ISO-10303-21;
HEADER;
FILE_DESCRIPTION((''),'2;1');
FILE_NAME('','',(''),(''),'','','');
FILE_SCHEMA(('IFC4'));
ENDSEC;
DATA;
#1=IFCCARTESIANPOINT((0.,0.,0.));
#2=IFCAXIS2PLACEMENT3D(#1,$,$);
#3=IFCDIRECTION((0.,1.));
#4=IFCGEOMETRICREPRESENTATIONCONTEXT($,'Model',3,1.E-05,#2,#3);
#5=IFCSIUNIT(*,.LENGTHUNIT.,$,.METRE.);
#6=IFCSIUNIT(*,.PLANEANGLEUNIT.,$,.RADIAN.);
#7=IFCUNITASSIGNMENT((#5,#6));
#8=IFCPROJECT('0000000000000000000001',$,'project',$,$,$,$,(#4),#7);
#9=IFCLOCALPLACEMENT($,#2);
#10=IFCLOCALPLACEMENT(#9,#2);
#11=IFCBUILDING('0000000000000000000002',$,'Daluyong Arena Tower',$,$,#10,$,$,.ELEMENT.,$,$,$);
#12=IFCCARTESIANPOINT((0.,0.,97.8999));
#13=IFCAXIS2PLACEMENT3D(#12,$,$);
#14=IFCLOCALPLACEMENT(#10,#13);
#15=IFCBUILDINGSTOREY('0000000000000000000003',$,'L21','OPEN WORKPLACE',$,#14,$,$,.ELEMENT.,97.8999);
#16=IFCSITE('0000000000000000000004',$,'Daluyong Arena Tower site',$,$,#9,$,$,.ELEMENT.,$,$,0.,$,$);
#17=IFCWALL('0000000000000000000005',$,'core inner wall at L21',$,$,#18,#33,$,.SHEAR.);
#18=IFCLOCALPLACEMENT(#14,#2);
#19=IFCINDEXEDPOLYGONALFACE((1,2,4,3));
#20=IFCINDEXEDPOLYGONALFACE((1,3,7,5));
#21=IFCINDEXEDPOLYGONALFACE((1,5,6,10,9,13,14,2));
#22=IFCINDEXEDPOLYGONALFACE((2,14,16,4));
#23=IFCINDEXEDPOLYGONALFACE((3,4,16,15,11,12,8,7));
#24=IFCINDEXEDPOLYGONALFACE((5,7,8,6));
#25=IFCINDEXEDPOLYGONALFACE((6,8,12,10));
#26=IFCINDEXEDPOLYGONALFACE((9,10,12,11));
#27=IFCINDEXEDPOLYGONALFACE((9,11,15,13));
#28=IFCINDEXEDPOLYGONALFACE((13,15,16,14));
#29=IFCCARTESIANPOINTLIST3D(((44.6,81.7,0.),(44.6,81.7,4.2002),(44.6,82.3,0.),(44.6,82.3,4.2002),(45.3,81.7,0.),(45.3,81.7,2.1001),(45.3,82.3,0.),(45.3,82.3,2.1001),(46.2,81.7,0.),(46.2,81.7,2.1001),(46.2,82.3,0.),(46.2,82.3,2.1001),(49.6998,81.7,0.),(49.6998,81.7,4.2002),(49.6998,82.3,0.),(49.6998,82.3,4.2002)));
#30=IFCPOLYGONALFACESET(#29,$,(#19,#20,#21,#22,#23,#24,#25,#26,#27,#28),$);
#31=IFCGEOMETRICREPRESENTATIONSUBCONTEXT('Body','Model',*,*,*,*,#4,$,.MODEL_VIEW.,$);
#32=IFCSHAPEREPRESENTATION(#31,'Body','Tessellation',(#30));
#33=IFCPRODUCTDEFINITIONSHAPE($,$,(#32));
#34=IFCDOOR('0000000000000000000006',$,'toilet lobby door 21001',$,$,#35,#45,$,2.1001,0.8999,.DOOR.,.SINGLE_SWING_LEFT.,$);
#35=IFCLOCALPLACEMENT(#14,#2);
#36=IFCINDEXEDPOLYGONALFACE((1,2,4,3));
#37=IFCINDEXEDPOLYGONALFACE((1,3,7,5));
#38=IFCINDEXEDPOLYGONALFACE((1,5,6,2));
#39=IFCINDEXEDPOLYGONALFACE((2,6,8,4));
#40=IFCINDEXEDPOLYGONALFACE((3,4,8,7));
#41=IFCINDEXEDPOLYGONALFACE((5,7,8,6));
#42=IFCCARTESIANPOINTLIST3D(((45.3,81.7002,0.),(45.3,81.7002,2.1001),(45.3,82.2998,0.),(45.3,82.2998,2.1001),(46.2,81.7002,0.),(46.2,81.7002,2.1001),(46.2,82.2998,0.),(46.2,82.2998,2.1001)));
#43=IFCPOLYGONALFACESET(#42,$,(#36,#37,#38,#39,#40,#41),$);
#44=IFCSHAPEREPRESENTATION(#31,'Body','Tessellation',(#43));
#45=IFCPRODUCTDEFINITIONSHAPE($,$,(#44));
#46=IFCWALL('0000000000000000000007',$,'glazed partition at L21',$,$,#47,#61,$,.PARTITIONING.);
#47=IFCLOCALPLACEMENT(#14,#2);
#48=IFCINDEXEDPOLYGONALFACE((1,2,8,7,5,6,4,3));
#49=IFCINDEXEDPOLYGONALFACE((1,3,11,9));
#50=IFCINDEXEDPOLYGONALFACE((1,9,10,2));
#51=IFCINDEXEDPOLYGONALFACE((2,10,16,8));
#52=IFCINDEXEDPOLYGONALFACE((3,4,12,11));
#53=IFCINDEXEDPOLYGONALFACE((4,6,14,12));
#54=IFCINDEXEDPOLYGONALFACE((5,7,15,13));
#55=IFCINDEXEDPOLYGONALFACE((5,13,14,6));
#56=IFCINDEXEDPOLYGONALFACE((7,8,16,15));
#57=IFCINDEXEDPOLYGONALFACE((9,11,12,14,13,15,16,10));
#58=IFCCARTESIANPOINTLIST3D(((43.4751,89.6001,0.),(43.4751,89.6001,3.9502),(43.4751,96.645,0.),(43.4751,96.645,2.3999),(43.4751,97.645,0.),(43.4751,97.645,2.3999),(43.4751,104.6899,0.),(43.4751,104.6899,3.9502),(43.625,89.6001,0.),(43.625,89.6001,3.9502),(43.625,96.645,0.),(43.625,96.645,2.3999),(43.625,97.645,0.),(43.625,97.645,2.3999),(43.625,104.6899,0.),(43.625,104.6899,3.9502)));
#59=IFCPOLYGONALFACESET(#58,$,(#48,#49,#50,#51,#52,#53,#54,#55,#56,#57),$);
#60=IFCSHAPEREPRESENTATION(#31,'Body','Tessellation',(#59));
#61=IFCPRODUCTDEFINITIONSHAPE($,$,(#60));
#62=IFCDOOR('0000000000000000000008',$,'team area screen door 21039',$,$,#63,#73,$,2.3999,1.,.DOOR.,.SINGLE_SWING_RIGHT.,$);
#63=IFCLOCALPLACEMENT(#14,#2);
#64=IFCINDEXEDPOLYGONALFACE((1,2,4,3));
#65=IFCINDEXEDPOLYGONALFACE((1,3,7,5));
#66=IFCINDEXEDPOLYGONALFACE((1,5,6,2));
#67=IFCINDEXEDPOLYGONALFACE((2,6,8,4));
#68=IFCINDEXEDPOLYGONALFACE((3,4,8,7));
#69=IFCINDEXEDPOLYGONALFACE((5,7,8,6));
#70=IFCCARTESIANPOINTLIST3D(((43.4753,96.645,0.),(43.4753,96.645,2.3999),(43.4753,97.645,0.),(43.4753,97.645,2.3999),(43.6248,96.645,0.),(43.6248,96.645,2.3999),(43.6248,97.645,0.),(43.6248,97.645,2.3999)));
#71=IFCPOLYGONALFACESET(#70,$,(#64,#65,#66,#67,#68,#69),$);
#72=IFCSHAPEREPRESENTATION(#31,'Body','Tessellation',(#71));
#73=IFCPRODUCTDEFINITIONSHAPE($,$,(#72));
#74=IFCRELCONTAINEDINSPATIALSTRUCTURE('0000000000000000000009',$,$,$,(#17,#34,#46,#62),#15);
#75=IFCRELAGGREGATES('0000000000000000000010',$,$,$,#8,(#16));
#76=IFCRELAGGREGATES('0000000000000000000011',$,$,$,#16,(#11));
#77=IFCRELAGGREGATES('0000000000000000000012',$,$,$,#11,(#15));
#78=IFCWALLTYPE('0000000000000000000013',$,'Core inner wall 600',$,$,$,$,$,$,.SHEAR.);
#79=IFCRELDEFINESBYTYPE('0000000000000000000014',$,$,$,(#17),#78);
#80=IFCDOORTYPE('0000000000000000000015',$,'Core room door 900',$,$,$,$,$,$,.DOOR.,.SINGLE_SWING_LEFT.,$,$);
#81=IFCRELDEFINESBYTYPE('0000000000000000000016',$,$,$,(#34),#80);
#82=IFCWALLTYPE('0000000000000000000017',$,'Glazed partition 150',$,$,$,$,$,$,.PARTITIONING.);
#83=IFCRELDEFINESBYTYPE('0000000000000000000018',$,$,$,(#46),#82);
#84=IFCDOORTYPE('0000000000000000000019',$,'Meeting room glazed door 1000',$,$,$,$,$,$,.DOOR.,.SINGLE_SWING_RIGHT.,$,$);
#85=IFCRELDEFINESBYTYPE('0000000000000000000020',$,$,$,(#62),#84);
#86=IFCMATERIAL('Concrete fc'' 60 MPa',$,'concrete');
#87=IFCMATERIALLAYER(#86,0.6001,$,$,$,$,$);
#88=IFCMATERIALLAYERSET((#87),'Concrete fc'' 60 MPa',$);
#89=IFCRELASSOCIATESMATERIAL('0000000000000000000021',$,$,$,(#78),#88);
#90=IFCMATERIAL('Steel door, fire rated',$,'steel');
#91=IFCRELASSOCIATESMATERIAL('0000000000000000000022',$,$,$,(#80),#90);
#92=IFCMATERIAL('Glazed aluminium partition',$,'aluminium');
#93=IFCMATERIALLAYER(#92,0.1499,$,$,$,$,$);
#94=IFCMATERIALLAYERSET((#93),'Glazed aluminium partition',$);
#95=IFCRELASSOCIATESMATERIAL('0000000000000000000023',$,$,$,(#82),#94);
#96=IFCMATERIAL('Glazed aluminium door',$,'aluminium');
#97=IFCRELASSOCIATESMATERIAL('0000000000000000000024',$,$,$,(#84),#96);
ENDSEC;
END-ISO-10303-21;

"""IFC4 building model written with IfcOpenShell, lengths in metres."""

from ifc_helpers import new_model, si_unit, direction, frame, frame_2d, origin, place, context, subcontext, project, spatial, rectangle, extrude, material, layer, layer_set, type_object, element, fill, save


model = new_model("IFC4")

# Units and contexts
model_context = context("Model", 3, precision=1e-05, world=origin(), true_north=direction((0.0, 1.0)))
body_context = subcontext(model_context, "Body", "Model", "MODEL_VIEW")
ifc_project = project(units=[si_unit("LENGTHUNIT", "METRE"), si_unit("PLANEANGLEUNIT", "RADIAN")], contexts=[model_context])

# Site, building, storey
site_placement = place(None, origin())
site = spatial("IfcSite", under=ifc_project, at=site_placement, Name="Daluyong Arena Tower site", CompositionType="ELEMENT", RefElevation=0.0)
building_placement = place(site_placement, origin())
building = spatial("IfcBuilding", under=site, at=building_placement, Name="Daluyong Arena Tower", CompositionType="ELEMENT")
storey_placement = place(building_placement, frame((0.0, 0.0, 97.8999)))
storey = spatial("IfcBuildingStorey", under=building, at=storey_placement, Name="L21", Description="OPEN WORKPLACE", CompositionType="ELEMENT", Elevation=97.8999)

# Walls, openings, doors
ifc_material_1 = material(Name="Concrete fc' 60 MPa", Category="concrete")
ifc_layer_1 = layer(ifc_material_1, 0.6001)
ifc_layer_set_1 = layer_set([ifc_layer_1], Name="Concrete fc' 60 MPa")
wall_type_1 = type_object("IfcWallType", Name="Core inner wall 600", PredefinedType="SHEAR", material=ifc_layer_set_1)
wall_1_placement = place(storey_placement, frame((44.6001, 82.0, 0.0), z_axis=(0.0, 0.0, 1.0), x_axis=(1.0, 0.0, 0.0)))
wall_1 = element("IfcWall", 1, at=wall_1_placement, inside=storey, type_object=wall_type_1, Name="core inner wall at L21", PredefinedType="SHEAR", context=body_context, shape_type="SweptSolid", body=[
    extrude(rectangle(XDim=5.0999, YDim=0.6001, at=frame_2d((2.5498, 0.0))), origin(), (0.0, 0.0, 1.0), 4.2002),
])
opening_1_placement = place(wall_1_placement, frame((0.7, 0.0, 0.0)))
opening_1 = element("IfcOpeningElement", 2, at=opening_1_placement, cuts=wall_1, PredefinedType="OPENING", context=body_context, shape_type="SweptSolid", body=[
    extrude(rectangle(XDim=0.8999, YDim=2.1001, at=frame_2d((0.45, 1.05))), frame((0.0, 0.3101, 0.0), z_axis=(0.0, -1.0, 0.0), x_axis=(1.0, 0.0, 0.0)), (0.0, 0.0, 1.0), 0.6201),
])
ifc_material_2 = material(Name="Steel door, fire rated", Category="steel")
door_type_1 = type_object("IfcDoorType", Name="Core room door 900", OperationType="SINGLE_SWING_LEFT", PredefinedType="DOOR", material=ifc_material_2)
door_1_placement = place(opening_1_placement, origin())
door_1 = element("IfcDoor", 3, at=door_1_placement, inside=storey, type_object=door_type_1, Name="toilet lobby door 21001", OperationType="SINGLE_SWING_LEFT", OverallHeight=2.1001, OverallWidth=0.8999, PredefinedType="DOOR", context=body_context, shape_type="SweptSolid", body=[
    extrude(rectangle(XDim=0.8999, YDim=2.1001, at=frame_2d((0.45, 1.05))), frame((0.0, 0.2998, 0.0), z_axis=(0.0, -1.0, 0.0), x_axis=(1.0, 0.0, 0.0)), (0.0, 0.0, 1.0), 0.5996),
])
fill(opening_1, door_1)
ifc_material_3 = material(Name="Glazed aluminium partition", Category="aluminium")
ifc_layer_2 = layer(ifc_material_3, 0.1499)
ifc_layer_set_2 = layer_set([ifc_layer_2], Name="Glazed aluminium partition")
wall_type_2 = type_object("IfcWallType", Name="Glazed partition 150", PredefinedType="PARTITIONING", material=ifc_layer_set_2)
wall_2_placement = place(storey_placement, frame((43.55, 89.6001, 0.0), z_axis=(0.0, 0.0, 1.0), x_axis=(0.0, 1.0, 0.0)))
wall_2 = element("IfcWall", 4, at=wall_2_placement, inside=storey, type_object=wall_type_2, Name="glazed partition at L21", PredefinedType="PARTITIONING", context=body_context, shape_type="SweptSolid", body=[
    extrude(rectangle(XDim=15.0898, YDim=0.1499, at=frame_2d((7.5449, 0.0))), origin(), (0.0, 0.0, 1.0), 3.9502),
])
opening_2_placement = place(wall_2_placement, frame((7.0449, 0.0, 0.0)))
opening_2 = element("IfcOpeningElement", 5, at=opening_2_placement, cuts=wall_2, PredefinedType="OPENING", context=body_context, shape_type="SweptSolid", body=[
    extrude(rectangle(XDim=1.0, YDim=2.3999, at=frame_2d((0.5, 1.2))), frame((0.0, 0.085, 0.0), z_axis=(0.0, -1.0, 0.0), x_axis=(1.0, 0.0, 0.0)), (0.0, 0.0, 1.0), 0.1699),
])
ifc_material_4 = material(Name="Glazed aluminium door", Category="aluminium")
door_type_2 = type_object("IfcDoorType", Name="Meeting room glazed door 1000", OperationType="SINGLE_SWING_RIGHT", PredefinedType="DOOR", material=ifc_material_4)
door_2_placement = place(opening_2_placement, origin())
door_2 = element("IfcDoor", 6, at=door_2_placement, inside=storey, type_object=door_type_2, Name="team area screen door 21039", OperationType="SINGLE_SWING_RIGHT", OverallHeight=2.3999, OverallWidth=1.0, PredefinedType="DOOR", context=body_context, shape_type="SweptSolid", body=[
    extrude(rectangle(XDim=1.0, YDim=2.3999, at=frame_2d((0.5, 1.2))), frame((0.0, 0.0747, 0.0), z_axis=(0.0, -1.0, 0.0), x_axis=(1.0, 0.0, 0.0)), (0.0, 0.0, 1.0), 0.1494),
])
fill(opening_2, door_2)

save(model, "model.ifc")
